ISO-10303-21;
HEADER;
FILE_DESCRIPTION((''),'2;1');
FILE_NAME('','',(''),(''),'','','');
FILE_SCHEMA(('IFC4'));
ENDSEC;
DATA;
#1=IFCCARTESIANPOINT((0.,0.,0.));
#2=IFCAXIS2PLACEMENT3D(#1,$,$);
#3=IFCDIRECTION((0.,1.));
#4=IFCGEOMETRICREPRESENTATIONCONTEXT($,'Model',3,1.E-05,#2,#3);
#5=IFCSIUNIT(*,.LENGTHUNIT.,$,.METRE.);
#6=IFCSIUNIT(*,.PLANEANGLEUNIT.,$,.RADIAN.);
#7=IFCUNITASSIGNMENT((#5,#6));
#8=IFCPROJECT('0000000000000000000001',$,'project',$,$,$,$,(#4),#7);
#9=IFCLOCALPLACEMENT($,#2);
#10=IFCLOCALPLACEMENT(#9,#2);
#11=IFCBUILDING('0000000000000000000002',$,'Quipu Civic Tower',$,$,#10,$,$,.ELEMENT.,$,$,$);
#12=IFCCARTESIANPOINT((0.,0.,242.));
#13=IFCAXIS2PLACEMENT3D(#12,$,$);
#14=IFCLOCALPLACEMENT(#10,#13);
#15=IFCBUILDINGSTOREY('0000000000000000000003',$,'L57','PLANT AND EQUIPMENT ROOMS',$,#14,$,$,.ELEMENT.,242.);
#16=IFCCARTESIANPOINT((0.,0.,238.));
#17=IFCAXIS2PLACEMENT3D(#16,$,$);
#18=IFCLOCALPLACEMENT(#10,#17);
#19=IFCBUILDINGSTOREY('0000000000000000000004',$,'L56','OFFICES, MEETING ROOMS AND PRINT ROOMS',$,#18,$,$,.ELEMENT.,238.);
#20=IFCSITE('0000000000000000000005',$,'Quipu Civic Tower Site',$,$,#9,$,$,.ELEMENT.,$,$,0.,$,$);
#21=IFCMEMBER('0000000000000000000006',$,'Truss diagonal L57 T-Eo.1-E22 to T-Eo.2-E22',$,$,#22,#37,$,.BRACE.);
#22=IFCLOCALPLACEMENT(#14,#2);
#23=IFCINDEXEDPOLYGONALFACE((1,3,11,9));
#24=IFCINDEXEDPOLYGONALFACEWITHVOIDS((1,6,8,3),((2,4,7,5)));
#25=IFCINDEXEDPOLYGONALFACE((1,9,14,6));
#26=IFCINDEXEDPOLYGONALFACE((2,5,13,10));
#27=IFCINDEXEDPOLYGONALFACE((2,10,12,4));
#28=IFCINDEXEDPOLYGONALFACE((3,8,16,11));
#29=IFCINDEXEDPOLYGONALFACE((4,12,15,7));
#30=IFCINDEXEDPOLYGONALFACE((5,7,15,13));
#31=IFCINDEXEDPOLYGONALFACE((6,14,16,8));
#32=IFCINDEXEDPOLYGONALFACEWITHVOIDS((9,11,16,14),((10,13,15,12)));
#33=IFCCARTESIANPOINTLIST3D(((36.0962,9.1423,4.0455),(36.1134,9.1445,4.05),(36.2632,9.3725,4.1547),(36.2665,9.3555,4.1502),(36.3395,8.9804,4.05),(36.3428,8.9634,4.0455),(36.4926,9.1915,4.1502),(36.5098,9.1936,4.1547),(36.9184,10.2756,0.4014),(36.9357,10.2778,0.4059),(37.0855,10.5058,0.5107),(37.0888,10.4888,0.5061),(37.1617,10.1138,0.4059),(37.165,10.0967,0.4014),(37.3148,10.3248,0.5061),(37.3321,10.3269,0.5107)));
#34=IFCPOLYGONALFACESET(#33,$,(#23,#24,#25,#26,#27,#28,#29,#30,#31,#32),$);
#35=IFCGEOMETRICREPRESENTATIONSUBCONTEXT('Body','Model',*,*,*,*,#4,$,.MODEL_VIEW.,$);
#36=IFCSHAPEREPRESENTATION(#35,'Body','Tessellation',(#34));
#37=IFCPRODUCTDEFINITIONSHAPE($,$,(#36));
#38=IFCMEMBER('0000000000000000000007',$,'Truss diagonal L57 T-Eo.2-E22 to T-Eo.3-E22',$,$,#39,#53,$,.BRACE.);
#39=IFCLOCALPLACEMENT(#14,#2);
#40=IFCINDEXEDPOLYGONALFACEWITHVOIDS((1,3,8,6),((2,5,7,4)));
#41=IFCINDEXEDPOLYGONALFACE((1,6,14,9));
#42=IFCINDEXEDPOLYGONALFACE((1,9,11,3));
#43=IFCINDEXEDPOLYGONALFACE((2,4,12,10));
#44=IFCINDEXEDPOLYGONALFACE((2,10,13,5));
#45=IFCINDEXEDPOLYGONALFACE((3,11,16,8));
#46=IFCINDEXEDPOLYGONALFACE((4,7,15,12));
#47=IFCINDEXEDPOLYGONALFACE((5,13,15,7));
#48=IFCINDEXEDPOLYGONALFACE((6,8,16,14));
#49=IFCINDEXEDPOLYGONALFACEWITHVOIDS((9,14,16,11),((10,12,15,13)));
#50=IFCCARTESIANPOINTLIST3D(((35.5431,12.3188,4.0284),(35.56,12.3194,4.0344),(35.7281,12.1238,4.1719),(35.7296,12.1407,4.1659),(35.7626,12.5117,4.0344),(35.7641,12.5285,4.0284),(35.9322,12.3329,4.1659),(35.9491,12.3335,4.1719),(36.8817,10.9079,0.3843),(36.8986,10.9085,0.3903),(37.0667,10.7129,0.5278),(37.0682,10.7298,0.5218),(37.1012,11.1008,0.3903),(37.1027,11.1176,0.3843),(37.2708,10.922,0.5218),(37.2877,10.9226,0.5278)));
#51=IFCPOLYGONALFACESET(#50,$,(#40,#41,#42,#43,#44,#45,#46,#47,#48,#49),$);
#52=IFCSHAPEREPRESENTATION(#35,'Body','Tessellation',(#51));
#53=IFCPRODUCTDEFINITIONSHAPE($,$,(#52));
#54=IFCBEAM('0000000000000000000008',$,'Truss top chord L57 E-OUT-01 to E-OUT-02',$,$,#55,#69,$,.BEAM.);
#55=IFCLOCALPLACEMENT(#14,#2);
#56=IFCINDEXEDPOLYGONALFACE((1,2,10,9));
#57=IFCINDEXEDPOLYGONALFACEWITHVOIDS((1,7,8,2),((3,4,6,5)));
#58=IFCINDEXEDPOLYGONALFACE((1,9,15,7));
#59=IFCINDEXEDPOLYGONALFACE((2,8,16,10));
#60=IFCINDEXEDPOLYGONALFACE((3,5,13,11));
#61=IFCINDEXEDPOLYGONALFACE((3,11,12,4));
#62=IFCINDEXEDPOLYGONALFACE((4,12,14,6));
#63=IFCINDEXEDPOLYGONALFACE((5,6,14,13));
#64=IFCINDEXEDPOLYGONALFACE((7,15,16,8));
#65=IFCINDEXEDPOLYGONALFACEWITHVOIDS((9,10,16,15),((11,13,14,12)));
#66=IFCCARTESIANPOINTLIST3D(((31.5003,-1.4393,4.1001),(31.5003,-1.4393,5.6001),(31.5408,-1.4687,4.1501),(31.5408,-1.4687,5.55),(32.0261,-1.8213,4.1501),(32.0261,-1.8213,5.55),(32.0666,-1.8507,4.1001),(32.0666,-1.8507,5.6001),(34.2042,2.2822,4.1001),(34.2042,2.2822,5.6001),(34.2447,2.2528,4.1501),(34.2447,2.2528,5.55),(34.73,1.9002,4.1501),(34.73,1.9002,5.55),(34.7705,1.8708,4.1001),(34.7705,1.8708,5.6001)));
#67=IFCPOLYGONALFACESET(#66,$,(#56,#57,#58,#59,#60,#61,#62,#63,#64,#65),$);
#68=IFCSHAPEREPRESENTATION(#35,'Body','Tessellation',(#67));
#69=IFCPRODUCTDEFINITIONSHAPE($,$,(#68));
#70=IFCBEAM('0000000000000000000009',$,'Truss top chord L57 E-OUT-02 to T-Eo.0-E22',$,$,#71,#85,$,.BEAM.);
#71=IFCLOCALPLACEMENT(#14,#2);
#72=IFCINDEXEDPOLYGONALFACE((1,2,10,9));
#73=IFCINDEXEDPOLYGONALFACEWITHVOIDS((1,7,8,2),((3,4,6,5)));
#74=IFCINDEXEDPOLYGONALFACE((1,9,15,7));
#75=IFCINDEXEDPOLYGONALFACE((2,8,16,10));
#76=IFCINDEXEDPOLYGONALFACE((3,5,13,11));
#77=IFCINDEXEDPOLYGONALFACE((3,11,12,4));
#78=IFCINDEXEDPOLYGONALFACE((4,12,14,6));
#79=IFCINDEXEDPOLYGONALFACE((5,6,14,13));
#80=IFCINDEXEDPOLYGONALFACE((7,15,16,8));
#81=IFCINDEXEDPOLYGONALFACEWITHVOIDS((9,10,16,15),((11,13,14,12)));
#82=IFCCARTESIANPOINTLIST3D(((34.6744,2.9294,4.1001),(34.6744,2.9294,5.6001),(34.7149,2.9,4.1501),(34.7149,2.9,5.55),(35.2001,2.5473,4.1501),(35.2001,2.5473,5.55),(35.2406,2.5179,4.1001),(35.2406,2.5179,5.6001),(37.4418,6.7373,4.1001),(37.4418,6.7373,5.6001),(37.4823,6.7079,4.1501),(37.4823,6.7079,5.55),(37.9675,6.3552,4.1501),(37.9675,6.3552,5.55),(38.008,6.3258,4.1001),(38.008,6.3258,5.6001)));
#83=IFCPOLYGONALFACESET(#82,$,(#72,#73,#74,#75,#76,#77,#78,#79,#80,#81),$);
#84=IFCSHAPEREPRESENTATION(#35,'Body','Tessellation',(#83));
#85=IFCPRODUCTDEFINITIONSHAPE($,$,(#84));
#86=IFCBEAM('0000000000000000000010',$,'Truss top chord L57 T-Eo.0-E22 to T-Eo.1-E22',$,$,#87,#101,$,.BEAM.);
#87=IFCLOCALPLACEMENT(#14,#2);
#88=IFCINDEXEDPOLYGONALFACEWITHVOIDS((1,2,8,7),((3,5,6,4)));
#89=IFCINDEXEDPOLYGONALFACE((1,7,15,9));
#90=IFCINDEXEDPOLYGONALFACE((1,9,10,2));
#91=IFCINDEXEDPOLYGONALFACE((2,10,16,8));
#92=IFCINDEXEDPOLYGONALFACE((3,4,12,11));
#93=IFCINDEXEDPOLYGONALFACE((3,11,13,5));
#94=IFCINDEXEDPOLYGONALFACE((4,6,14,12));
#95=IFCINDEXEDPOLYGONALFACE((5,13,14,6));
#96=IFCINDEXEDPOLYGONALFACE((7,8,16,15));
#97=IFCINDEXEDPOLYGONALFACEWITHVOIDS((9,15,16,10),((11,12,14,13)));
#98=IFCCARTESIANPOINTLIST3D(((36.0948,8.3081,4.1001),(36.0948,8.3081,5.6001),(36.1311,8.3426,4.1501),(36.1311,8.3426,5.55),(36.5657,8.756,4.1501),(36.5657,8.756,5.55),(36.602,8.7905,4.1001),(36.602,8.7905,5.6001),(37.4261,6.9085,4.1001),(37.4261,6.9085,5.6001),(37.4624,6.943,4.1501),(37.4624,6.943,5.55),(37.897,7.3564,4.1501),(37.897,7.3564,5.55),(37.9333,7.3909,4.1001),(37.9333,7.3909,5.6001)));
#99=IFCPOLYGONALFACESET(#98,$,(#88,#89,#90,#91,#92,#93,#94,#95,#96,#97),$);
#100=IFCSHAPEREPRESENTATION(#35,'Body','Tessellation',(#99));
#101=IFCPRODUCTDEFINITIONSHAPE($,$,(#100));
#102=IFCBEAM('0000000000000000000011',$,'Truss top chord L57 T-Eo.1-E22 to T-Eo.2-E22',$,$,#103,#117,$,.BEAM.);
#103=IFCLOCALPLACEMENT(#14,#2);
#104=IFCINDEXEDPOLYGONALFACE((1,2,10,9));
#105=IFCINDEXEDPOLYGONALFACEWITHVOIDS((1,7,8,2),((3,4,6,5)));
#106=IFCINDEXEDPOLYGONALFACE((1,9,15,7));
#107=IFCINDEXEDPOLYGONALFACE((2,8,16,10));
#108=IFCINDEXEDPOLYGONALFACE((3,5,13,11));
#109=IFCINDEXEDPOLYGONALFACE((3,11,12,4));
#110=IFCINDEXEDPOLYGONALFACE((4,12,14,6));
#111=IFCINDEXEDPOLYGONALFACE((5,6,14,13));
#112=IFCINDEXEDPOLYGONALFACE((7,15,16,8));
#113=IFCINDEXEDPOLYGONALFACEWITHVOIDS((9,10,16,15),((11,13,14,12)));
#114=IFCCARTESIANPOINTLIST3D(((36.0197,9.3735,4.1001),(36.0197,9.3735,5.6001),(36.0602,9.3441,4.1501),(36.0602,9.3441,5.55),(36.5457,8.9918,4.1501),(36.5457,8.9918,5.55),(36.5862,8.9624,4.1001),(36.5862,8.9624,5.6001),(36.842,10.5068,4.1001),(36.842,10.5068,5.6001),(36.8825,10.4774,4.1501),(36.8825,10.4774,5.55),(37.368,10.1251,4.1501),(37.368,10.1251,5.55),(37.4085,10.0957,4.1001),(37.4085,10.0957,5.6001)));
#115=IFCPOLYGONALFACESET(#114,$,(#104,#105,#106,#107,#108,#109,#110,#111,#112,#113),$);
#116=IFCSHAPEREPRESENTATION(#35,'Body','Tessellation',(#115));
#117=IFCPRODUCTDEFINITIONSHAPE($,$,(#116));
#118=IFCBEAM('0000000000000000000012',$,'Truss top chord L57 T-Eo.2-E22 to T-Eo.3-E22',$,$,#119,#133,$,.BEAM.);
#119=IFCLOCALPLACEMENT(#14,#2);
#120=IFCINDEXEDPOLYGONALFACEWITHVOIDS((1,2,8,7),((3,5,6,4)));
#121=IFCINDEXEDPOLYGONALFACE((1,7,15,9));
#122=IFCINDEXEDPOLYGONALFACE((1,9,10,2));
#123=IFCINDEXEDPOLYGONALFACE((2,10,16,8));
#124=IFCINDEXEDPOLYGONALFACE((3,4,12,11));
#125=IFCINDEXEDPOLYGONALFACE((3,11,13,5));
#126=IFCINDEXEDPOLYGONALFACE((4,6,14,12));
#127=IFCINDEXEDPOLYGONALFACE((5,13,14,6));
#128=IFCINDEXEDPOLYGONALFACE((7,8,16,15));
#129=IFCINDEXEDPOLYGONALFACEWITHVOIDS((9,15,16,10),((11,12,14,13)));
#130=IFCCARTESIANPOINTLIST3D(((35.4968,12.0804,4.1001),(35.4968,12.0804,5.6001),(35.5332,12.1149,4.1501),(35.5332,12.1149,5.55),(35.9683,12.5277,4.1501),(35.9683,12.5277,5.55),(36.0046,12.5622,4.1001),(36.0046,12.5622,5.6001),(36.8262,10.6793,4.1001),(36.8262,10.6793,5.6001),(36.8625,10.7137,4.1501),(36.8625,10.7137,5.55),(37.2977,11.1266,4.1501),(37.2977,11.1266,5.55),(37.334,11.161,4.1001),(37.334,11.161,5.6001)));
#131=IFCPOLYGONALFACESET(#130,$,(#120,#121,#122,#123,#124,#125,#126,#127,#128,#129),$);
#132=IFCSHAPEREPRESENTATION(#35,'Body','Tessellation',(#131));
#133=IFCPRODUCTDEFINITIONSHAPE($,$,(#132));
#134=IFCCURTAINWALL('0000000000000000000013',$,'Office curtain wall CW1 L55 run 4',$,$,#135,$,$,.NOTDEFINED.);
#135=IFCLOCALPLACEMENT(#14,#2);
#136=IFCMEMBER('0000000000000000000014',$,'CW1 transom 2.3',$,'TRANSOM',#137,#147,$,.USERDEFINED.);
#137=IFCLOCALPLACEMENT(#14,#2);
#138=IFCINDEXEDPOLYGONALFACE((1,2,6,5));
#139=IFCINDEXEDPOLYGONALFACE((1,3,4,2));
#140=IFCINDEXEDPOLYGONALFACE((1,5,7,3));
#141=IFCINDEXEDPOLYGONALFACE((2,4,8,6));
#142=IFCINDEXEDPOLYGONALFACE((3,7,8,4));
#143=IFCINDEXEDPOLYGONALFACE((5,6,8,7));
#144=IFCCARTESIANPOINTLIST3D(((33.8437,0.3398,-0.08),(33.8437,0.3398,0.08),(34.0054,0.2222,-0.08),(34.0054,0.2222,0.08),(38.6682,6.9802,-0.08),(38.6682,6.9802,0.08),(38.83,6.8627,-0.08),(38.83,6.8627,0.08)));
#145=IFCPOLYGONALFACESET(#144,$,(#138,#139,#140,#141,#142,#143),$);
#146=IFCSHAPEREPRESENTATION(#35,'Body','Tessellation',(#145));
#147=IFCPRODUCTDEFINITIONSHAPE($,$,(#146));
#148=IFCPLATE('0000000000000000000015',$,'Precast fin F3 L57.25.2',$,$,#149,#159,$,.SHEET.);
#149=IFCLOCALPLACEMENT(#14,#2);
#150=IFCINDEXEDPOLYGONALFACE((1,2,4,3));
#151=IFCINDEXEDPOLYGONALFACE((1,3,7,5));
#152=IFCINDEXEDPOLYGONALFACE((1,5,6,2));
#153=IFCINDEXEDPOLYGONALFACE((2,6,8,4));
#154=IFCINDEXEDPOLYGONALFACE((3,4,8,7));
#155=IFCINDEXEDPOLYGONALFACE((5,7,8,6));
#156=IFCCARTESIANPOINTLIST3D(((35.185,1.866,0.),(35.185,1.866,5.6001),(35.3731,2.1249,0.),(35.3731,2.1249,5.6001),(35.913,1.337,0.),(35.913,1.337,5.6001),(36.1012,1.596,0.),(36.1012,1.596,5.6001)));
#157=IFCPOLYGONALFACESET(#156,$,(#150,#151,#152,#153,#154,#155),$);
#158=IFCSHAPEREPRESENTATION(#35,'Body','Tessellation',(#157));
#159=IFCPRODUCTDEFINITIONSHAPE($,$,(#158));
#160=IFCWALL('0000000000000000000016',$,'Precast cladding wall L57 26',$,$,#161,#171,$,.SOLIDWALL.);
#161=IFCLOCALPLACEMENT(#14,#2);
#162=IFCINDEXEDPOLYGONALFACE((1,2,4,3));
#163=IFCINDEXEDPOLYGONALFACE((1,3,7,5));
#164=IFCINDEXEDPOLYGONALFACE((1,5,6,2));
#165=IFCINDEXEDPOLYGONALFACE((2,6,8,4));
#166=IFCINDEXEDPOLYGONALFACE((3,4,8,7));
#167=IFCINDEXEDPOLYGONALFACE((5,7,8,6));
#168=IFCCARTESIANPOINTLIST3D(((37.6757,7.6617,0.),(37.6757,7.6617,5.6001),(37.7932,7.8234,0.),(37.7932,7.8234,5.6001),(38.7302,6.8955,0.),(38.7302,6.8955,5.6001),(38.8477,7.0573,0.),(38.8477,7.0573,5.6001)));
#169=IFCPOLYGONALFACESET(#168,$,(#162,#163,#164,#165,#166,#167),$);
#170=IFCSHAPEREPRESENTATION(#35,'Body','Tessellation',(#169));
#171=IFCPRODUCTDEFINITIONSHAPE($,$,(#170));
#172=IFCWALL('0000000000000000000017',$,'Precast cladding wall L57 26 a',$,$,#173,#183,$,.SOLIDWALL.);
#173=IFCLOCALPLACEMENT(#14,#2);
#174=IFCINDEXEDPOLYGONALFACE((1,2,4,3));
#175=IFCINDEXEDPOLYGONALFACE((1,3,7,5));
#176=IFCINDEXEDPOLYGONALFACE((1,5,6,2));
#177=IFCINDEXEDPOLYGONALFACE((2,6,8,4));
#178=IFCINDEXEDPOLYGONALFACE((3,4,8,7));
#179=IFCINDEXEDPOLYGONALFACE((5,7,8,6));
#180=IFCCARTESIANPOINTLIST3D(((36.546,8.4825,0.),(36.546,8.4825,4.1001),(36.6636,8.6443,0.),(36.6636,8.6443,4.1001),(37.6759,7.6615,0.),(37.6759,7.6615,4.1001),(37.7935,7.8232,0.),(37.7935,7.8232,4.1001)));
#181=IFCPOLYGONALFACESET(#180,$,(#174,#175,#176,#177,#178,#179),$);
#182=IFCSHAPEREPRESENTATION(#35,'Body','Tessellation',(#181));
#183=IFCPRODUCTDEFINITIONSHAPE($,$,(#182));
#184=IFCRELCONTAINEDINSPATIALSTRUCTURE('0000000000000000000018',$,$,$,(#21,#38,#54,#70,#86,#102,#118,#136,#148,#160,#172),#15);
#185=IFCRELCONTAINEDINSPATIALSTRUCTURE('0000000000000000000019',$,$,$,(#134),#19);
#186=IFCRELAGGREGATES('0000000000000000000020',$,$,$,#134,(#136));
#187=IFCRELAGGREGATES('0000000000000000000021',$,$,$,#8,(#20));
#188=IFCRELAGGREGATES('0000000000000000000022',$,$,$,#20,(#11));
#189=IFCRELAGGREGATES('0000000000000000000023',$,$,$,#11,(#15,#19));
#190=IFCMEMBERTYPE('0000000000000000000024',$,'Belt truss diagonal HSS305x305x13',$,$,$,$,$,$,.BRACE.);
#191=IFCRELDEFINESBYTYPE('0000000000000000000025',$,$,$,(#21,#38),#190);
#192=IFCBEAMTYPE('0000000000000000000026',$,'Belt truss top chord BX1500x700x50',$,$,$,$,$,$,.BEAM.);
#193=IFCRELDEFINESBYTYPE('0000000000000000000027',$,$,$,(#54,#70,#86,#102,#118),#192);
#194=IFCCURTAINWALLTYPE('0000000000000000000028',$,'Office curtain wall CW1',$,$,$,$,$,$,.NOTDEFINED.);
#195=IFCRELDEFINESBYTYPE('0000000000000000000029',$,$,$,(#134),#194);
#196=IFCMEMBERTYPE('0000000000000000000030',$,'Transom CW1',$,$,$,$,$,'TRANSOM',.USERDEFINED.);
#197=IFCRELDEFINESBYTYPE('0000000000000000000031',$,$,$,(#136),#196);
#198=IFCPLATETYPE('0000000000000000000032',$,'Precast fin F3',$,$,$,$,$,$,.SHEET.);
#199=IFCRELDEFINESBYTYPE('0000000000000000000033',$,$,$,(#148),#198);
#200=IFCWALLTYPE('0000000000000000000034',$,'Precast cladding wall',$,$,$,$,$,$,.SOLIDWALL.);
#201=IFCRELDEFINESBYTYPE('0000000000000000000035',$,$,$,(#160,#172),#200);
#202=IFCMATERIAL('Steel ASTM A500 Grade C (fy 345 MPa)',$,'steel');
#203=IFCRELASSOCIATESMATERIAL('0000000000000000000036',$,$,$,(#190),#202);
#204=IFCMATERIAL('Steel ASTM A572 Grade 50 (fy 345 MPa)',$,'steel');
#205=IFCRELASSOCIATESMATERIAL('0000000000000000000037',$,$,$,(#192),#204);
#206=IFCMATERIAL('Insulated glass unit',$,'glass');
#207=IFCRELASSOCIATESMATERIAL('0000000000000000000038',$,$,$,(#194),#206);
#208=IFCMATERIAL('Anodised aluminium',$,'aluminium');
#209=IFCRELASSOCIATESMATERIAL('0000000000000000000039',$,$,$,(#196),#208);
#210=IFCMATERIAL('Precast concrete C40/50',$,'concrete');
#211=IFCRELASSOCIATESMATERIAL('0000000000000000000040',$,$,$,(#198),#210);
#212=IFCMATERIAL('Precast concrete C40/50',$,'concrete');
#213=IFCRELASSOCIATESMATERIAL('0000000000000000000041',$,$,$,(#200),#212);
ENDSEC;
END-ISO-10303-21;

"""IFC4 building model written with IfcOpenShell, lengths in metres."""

from ifc_helpers import new_model, si_unit, direction, frame, frame_2d, origin, origin_2d, place, context, subcontext, project, spatial, rectangle, hollow_rectangle, extrude, material, material_profile, profile_set, type_object, element, aggregate, save


model = new_model("IFC4")

# Units and contexts
model_context = context("Model", 3, precision=1e-05, world=origin(), true_north=direction((0.0, 1.0)))
body_context = subcontext(model_context, "Body", "Model", "MODEL_VIEW")
ifc_project = project(units=[si_unit("LENGTHUNIT", "METRE"), si_unit("PLANEANGLEUNIT", "RADIAN")], contexts=[model_context])

# Site, building, storey
site_placement = place(None, origin())
site = spatial("IfcSite", under=ifc_project, at=site_placement, Name="Quipu Civic Tower Site", CompositionType="ELEMENT", RefElevation=0.0)
building_placement = place(site_placement, origin())
building = spatial("IfcBuilding", under=site, at=building_placement, Name="Quipu Civic Tower", CompositionType="ELEMENT")
storey_1_placement = place(building_placement, frame((0.0, 0.0, 242.0)))
storey_1 = spatial("IfcBuildingStorey", under=building, at=storey_1_placement, Name="L57", Description="PLANT AND EQUIPMENT ROOMS", CompositionType="ELEMENT", Elevation=242.0)

# Members
ifc_material_1 = material(Name="Steel ASTM A500 Grade C (fy 345 MPa)", Category="steel")
ifc_material_profile_1 = material_profile(ifc_material_1, hollow_rectangle(XDim=0.3047, YDim=0.3047, WallThickness=0.0127, at=origin_2d()), Name="HSS305x305x13")
ifc_profile_set_1 = profile_set([ifc_material_profile_1], Name="Steel ASTM A500 Grade C (fy 345 MPa)")
member_type_1 = type_object("IfcMemberType", Name="Belt truss diagonal HSS305x305x13", PredefinedType="BRACE", material=ifc_profile_set_1)
member_1_placement = place(storey_1_placement, frame((36.303, 9.168, 4.1001), z_axis=(0.210633, 0.290308, -0.933464), x_axis=(-0.809399, 0.587259, 0.0)))
element("IfcMember", 1, at=member_1_placement, inside=storey_1, type_object=member_type_1, Name="Truss diagonal L57 T-Eo.1-E22 to T-Eo.2-E22", PredefinedType="BRACE", context=body_context, shape_type="SweptSolid", body=[
    extrude(hollow_rectangle(XDim=0.3047, YDim=0.3047, WallThickness=0.0127, at=origin_2d()), origin(), (0.0, 0.0, 1.0), 3.9038),
])
member_2_placement = place(storey_1_placement, frame((37.0847, 10.9153, 0.4561), z_axis=(-0.324077, 0.341573, 0.882214), x_axis=(-0.725441, -0.688284, 0.0)))
element("IfcMember", 2, at=member_2_placement, inside=storey_1, type_object=member_type_1, Name="Truss diagonal L57 T-Eo.2-E22 to T-Eo.3-E22", PredefinedType="BRACE", context=body_context, shape_type="SweptSolid", body=[
    extrude(hollow_rectangle(XDim=0.3047, YDim=0.3047, WallThickness=0.0127, at=origin_2d()), origin(), (0.0, 0.0, 1.0), 4.1306),
])

# Beams
ifc_material_2 = material(Name="Steel ASTM A572 Grade 50 (fy 345 MPa)", Category="steel")
ifc_material_profile_2 = material_profile(ifc_material_2, hollow_rectangle(XDim=0.7, YDim=1.5, WallThickness=0.05, at=origin_2d()), Name="BX1500x700x50")
ifc_profile_set_2 = profile_set([ifc_material_profile_2], Name="Steel ASTM A572 Grade 50 (fy 345 MPa)")
beam_type_1 = type_object("IfcBeamType", Name="Belt truss top chord BX1500x700x50", PredefinedType="BEAM", material=ifc_profile_set_2)
beam_1_placement = place(storey_1_placement, frame((31.7834, -1.645, 4.8501), z_axis=(0.587796, 0.809009, 0.0), x_axis=(-0.809009, 0.587796, 0.0)))
element("IfcBeam", 3, at=beam_1_placement, inside=storey_1, type_object=beam_type_1, Name="Truss top chord L57 E-OUT-01 to E-OUT-02", PredefinedType="BEAM", context=body_context, shape_type="SweptSolid", body=[
    extrude(hollow_rectangle(XDim=0.7, YDim=1.5, WallThickness=0.05, at=origin_2d()), origin(), (0.0, 0.0, 1.0), 4.6001),
])
beam_2_placement = place(storey_1_placement, frame((34.9575, 2.7236, 4.8501), z_axis=(0.587891, 0.80894, 0.0), x_axis=(-0.80894, 0.587891, 0.0)))
element("IfcBeam", 4, at=beam_2_placement, inside=storey_1, type_object=beam_type_1, Name="Truss top chord L57 E-OUT-02 to T-Eo.0-E22", PredefinedType="BEAM", context=body_context, shape_type="SweptSolid", body=[
    extrude(hollow_rectangle(XDim=0.7, YDim=1.5, WallThickness=0.05, at=origin_2d()), origin(), (0.0, 0.0, 1.0), 4.7073),
])
beam_3_placement = place(storey_1_placement, frame((37.6797, 7.1497, 4.8501), z_axis=(-0.689191, 0.72458, 0.0), x_axis=(-0.72458, -0.689191, 0.0)))
element("IfcBeam", 5, at=beam_3_placement, inside=storey_1, type_object=beam_type_1, Name="Truss top chord L57 T-Eo.0-E22 to T-Eo.1-E22", PredefinedType="BEAM", context=body_context, shape_type="SweptSolid", body=[
    extrude(hollow_rectangle(XDim=0.7, YDim=1.5, WallThickness=0.05, at=origin_2d()), origin(), (0.0, 0.0, 1.0), 1.9316),
])
beam_4_placement = place(storey_1_placement, frame((36.303, 9.168, 4.8501), z_axis=(0.587259, 0.809399, 0.0), x_axis=(-0.809399, 0.587259, 0.0)))
element("IfcBeam", 6, at=beam_4_placement, inside=storey_1, type_object=beam_type_1, Name="Truss top chord L57 T-Eo.1-E22 to T-Eo.2-E22", PredefinedType="BEAM", context=body_context, shape_type="SweptSolid", body=[
    extrude(hollow_rectangle(XDim=0.7, YDim=1.5, WallThickness=0.05, at=origin_2d()), origin(), (0.0, 0.0, 1.0), 1.4001),
])
beam_5_placement = place(storey_1_placement, frame((37.0801, 10.9202, 4.8501), z_axis=(-0.688281, 0.725444, 0.0), x_axis=(-0.725444, -0.688281, 0.0)))
element("IfcBeam", 7, at=beam_5_placement, inside=storey_1, type_object=beam_type_1, Name="Truss top chord L57 T-Eo.2-E22 to T-Eo.3-E22", PredefinedType="BEAM", context=body_context, shape_type="SweptSolid", body=[
    extrude(hollow_rectangle(XDim=0.7, YDim=1.5, WallThickness=0.05, at=origin_2d()), origin(), (0.0, 0.0, 1.0), 1.9314),
])

# Shared definitions
storey_2_placement = place(building_placement, frame((0.0, 0.0, 238.0)))
storey_2 = spatial("IfcBuildingStorey", under=building, at=storey_2_placement, Name="L56", Description="OFFICES, MEETING ROOMS AND PRINT ROOMS", CompositionType="ELEMENT", Elevation=238.0)

# Curtain wall, member
ifc_material_3 = material(Name="Insulated glass unit", Category="glass")
curtain_wall_type = type_object("IfcCurtainWallType", Name="Office curtain wall CW1", PredefinedType="NOTDEFINED", material=ifc_material_3)
curtain_wall_placement = place(storey_2_placement, origin())
curtain_wall = element("IfcCurtainWall", 8, at=curtain_wall_placement, inside=storey_2, type_object=curtain_wall_type, Name="Office curtain wall CW1 L55 run 4", PredefinedType="NOTDEFINED")
ifc_material_4 = material(Name="Anodised aluminium", Category="aluminium")
ifc_material_profile_3 = material_profile(ifc_material_4, rectangle(XDim=0.2, YDim=0.1599, at=origin_2d()), Name="RECT 200x160")
ifc_profile_set_3 = profile_set([ifc_material_profile_3], Name="Anodised aluminium")
member_type_2 = type_object("IfcMemberType", Name="Transom CW1", ElementType="TRANSOM", PredefinedType="USERDEFINED", material=ifc_profile_set_3)
member_3_placement = place(storey_1_placement, frame((33.9246, 0.281, 0.0), z_axis=(0.587781, 0.80902, 0.0), x_axis=(-0.80902, 0.587781, 0.0)))
member_3 = element("IfcMember", 9, at=member_3_placement, inside=storey_1, type_object=member_type_2, Name="CW1 transom 2.3", ObjectType="TRANSOM", PredefinedType="USERDEFINED", context=body_context, shape_type="SweptSolid", body=[
    extrude(rectangle(XDim=0.2, YDim=0.1599, at=origin_2d()), origin(), (0.0, 0.0, 1.0), 8.208),
])
aggregate(curtain_wall, [member_3])

# Plate
ifc_material_5 = material(Name="Precast concrete C40/50", Category="concrete")
plate_type = type_object("IfcPlateType", Name="Precast fin F3", PredefinedType="SHEET", material=ifc_material_5)
plate_placement = place(storey_1_placement, frame((35.6431, 1.731, 0.0), z_axis=(0.0, 0.0, 1.0), x_axis=(0.587787, 0.809016, 0.0)))
element("IfcPlate", 10, at=plate_placement, inside=storey_1, type_object=plate_type, Name="Precast fin F3 L57.25.2", PredefinedType="SHEET", context=body_context, shape_type="SweptSolid", body=[
    extrude(rectangle(XDim=0.3201, YDim=0.8999, at=origin_2d()), origin(), (0.0, 0.0, 1.0), 5.6001),
])

# Walls
ifc_material_6 = material(Name="Precast concrete C40/50", Category="concrete")
wall_type = type_object("IfcWallType", Name="Precast cladding wall", PredefinedType="SOLIDWALL", material=ifc_material_6)
wall_1_placement = place(storey_1_placement, frame((38.7891, 6.9763, 0.0), z_axis=(0.0, 0.0, 1.0), x_axis=(-0.809011, 0.587793, 0.0)))
element("IfcWall", 11, at=wall_1_placement, inside=storey_1, type_object=wall_type, Name="Precast cladding wall L57 26", PredefinedType="SOLIDWALL", context=body_context, shape_type="SweptSolid", body=[
    extrude(rectangle(XDim=1.3035, YDim=0.2, at=frame_2d((0.6519, 0.0))), origin(), (0.0, 0.0, 1.0), 5.6001),
])
wall_2_placement = place(storey_1_placement, frame((37.7346, 7.7424, 0.0), z_axis=(0.0, 0.0, 1.0), x_axis=(-0.80897, 0.587849, 0.0)))
element("IfcWall", 12, at=wall_2_placement, inside=storey_1, type_object=wall_type, Name="Precast cladding wall L57 26 a", PredefinedType="SOLIDWALL", context=body_context, shape_type="SweptSolid", body=[
    extrude(rectangle(XDim=1.3967, YDim=0.2, at=frame_2d((0.6982, 0.0))), origin(), (0.0, 0.0, 1.0), 4.1001),
])

save(model, "model.ifc")
